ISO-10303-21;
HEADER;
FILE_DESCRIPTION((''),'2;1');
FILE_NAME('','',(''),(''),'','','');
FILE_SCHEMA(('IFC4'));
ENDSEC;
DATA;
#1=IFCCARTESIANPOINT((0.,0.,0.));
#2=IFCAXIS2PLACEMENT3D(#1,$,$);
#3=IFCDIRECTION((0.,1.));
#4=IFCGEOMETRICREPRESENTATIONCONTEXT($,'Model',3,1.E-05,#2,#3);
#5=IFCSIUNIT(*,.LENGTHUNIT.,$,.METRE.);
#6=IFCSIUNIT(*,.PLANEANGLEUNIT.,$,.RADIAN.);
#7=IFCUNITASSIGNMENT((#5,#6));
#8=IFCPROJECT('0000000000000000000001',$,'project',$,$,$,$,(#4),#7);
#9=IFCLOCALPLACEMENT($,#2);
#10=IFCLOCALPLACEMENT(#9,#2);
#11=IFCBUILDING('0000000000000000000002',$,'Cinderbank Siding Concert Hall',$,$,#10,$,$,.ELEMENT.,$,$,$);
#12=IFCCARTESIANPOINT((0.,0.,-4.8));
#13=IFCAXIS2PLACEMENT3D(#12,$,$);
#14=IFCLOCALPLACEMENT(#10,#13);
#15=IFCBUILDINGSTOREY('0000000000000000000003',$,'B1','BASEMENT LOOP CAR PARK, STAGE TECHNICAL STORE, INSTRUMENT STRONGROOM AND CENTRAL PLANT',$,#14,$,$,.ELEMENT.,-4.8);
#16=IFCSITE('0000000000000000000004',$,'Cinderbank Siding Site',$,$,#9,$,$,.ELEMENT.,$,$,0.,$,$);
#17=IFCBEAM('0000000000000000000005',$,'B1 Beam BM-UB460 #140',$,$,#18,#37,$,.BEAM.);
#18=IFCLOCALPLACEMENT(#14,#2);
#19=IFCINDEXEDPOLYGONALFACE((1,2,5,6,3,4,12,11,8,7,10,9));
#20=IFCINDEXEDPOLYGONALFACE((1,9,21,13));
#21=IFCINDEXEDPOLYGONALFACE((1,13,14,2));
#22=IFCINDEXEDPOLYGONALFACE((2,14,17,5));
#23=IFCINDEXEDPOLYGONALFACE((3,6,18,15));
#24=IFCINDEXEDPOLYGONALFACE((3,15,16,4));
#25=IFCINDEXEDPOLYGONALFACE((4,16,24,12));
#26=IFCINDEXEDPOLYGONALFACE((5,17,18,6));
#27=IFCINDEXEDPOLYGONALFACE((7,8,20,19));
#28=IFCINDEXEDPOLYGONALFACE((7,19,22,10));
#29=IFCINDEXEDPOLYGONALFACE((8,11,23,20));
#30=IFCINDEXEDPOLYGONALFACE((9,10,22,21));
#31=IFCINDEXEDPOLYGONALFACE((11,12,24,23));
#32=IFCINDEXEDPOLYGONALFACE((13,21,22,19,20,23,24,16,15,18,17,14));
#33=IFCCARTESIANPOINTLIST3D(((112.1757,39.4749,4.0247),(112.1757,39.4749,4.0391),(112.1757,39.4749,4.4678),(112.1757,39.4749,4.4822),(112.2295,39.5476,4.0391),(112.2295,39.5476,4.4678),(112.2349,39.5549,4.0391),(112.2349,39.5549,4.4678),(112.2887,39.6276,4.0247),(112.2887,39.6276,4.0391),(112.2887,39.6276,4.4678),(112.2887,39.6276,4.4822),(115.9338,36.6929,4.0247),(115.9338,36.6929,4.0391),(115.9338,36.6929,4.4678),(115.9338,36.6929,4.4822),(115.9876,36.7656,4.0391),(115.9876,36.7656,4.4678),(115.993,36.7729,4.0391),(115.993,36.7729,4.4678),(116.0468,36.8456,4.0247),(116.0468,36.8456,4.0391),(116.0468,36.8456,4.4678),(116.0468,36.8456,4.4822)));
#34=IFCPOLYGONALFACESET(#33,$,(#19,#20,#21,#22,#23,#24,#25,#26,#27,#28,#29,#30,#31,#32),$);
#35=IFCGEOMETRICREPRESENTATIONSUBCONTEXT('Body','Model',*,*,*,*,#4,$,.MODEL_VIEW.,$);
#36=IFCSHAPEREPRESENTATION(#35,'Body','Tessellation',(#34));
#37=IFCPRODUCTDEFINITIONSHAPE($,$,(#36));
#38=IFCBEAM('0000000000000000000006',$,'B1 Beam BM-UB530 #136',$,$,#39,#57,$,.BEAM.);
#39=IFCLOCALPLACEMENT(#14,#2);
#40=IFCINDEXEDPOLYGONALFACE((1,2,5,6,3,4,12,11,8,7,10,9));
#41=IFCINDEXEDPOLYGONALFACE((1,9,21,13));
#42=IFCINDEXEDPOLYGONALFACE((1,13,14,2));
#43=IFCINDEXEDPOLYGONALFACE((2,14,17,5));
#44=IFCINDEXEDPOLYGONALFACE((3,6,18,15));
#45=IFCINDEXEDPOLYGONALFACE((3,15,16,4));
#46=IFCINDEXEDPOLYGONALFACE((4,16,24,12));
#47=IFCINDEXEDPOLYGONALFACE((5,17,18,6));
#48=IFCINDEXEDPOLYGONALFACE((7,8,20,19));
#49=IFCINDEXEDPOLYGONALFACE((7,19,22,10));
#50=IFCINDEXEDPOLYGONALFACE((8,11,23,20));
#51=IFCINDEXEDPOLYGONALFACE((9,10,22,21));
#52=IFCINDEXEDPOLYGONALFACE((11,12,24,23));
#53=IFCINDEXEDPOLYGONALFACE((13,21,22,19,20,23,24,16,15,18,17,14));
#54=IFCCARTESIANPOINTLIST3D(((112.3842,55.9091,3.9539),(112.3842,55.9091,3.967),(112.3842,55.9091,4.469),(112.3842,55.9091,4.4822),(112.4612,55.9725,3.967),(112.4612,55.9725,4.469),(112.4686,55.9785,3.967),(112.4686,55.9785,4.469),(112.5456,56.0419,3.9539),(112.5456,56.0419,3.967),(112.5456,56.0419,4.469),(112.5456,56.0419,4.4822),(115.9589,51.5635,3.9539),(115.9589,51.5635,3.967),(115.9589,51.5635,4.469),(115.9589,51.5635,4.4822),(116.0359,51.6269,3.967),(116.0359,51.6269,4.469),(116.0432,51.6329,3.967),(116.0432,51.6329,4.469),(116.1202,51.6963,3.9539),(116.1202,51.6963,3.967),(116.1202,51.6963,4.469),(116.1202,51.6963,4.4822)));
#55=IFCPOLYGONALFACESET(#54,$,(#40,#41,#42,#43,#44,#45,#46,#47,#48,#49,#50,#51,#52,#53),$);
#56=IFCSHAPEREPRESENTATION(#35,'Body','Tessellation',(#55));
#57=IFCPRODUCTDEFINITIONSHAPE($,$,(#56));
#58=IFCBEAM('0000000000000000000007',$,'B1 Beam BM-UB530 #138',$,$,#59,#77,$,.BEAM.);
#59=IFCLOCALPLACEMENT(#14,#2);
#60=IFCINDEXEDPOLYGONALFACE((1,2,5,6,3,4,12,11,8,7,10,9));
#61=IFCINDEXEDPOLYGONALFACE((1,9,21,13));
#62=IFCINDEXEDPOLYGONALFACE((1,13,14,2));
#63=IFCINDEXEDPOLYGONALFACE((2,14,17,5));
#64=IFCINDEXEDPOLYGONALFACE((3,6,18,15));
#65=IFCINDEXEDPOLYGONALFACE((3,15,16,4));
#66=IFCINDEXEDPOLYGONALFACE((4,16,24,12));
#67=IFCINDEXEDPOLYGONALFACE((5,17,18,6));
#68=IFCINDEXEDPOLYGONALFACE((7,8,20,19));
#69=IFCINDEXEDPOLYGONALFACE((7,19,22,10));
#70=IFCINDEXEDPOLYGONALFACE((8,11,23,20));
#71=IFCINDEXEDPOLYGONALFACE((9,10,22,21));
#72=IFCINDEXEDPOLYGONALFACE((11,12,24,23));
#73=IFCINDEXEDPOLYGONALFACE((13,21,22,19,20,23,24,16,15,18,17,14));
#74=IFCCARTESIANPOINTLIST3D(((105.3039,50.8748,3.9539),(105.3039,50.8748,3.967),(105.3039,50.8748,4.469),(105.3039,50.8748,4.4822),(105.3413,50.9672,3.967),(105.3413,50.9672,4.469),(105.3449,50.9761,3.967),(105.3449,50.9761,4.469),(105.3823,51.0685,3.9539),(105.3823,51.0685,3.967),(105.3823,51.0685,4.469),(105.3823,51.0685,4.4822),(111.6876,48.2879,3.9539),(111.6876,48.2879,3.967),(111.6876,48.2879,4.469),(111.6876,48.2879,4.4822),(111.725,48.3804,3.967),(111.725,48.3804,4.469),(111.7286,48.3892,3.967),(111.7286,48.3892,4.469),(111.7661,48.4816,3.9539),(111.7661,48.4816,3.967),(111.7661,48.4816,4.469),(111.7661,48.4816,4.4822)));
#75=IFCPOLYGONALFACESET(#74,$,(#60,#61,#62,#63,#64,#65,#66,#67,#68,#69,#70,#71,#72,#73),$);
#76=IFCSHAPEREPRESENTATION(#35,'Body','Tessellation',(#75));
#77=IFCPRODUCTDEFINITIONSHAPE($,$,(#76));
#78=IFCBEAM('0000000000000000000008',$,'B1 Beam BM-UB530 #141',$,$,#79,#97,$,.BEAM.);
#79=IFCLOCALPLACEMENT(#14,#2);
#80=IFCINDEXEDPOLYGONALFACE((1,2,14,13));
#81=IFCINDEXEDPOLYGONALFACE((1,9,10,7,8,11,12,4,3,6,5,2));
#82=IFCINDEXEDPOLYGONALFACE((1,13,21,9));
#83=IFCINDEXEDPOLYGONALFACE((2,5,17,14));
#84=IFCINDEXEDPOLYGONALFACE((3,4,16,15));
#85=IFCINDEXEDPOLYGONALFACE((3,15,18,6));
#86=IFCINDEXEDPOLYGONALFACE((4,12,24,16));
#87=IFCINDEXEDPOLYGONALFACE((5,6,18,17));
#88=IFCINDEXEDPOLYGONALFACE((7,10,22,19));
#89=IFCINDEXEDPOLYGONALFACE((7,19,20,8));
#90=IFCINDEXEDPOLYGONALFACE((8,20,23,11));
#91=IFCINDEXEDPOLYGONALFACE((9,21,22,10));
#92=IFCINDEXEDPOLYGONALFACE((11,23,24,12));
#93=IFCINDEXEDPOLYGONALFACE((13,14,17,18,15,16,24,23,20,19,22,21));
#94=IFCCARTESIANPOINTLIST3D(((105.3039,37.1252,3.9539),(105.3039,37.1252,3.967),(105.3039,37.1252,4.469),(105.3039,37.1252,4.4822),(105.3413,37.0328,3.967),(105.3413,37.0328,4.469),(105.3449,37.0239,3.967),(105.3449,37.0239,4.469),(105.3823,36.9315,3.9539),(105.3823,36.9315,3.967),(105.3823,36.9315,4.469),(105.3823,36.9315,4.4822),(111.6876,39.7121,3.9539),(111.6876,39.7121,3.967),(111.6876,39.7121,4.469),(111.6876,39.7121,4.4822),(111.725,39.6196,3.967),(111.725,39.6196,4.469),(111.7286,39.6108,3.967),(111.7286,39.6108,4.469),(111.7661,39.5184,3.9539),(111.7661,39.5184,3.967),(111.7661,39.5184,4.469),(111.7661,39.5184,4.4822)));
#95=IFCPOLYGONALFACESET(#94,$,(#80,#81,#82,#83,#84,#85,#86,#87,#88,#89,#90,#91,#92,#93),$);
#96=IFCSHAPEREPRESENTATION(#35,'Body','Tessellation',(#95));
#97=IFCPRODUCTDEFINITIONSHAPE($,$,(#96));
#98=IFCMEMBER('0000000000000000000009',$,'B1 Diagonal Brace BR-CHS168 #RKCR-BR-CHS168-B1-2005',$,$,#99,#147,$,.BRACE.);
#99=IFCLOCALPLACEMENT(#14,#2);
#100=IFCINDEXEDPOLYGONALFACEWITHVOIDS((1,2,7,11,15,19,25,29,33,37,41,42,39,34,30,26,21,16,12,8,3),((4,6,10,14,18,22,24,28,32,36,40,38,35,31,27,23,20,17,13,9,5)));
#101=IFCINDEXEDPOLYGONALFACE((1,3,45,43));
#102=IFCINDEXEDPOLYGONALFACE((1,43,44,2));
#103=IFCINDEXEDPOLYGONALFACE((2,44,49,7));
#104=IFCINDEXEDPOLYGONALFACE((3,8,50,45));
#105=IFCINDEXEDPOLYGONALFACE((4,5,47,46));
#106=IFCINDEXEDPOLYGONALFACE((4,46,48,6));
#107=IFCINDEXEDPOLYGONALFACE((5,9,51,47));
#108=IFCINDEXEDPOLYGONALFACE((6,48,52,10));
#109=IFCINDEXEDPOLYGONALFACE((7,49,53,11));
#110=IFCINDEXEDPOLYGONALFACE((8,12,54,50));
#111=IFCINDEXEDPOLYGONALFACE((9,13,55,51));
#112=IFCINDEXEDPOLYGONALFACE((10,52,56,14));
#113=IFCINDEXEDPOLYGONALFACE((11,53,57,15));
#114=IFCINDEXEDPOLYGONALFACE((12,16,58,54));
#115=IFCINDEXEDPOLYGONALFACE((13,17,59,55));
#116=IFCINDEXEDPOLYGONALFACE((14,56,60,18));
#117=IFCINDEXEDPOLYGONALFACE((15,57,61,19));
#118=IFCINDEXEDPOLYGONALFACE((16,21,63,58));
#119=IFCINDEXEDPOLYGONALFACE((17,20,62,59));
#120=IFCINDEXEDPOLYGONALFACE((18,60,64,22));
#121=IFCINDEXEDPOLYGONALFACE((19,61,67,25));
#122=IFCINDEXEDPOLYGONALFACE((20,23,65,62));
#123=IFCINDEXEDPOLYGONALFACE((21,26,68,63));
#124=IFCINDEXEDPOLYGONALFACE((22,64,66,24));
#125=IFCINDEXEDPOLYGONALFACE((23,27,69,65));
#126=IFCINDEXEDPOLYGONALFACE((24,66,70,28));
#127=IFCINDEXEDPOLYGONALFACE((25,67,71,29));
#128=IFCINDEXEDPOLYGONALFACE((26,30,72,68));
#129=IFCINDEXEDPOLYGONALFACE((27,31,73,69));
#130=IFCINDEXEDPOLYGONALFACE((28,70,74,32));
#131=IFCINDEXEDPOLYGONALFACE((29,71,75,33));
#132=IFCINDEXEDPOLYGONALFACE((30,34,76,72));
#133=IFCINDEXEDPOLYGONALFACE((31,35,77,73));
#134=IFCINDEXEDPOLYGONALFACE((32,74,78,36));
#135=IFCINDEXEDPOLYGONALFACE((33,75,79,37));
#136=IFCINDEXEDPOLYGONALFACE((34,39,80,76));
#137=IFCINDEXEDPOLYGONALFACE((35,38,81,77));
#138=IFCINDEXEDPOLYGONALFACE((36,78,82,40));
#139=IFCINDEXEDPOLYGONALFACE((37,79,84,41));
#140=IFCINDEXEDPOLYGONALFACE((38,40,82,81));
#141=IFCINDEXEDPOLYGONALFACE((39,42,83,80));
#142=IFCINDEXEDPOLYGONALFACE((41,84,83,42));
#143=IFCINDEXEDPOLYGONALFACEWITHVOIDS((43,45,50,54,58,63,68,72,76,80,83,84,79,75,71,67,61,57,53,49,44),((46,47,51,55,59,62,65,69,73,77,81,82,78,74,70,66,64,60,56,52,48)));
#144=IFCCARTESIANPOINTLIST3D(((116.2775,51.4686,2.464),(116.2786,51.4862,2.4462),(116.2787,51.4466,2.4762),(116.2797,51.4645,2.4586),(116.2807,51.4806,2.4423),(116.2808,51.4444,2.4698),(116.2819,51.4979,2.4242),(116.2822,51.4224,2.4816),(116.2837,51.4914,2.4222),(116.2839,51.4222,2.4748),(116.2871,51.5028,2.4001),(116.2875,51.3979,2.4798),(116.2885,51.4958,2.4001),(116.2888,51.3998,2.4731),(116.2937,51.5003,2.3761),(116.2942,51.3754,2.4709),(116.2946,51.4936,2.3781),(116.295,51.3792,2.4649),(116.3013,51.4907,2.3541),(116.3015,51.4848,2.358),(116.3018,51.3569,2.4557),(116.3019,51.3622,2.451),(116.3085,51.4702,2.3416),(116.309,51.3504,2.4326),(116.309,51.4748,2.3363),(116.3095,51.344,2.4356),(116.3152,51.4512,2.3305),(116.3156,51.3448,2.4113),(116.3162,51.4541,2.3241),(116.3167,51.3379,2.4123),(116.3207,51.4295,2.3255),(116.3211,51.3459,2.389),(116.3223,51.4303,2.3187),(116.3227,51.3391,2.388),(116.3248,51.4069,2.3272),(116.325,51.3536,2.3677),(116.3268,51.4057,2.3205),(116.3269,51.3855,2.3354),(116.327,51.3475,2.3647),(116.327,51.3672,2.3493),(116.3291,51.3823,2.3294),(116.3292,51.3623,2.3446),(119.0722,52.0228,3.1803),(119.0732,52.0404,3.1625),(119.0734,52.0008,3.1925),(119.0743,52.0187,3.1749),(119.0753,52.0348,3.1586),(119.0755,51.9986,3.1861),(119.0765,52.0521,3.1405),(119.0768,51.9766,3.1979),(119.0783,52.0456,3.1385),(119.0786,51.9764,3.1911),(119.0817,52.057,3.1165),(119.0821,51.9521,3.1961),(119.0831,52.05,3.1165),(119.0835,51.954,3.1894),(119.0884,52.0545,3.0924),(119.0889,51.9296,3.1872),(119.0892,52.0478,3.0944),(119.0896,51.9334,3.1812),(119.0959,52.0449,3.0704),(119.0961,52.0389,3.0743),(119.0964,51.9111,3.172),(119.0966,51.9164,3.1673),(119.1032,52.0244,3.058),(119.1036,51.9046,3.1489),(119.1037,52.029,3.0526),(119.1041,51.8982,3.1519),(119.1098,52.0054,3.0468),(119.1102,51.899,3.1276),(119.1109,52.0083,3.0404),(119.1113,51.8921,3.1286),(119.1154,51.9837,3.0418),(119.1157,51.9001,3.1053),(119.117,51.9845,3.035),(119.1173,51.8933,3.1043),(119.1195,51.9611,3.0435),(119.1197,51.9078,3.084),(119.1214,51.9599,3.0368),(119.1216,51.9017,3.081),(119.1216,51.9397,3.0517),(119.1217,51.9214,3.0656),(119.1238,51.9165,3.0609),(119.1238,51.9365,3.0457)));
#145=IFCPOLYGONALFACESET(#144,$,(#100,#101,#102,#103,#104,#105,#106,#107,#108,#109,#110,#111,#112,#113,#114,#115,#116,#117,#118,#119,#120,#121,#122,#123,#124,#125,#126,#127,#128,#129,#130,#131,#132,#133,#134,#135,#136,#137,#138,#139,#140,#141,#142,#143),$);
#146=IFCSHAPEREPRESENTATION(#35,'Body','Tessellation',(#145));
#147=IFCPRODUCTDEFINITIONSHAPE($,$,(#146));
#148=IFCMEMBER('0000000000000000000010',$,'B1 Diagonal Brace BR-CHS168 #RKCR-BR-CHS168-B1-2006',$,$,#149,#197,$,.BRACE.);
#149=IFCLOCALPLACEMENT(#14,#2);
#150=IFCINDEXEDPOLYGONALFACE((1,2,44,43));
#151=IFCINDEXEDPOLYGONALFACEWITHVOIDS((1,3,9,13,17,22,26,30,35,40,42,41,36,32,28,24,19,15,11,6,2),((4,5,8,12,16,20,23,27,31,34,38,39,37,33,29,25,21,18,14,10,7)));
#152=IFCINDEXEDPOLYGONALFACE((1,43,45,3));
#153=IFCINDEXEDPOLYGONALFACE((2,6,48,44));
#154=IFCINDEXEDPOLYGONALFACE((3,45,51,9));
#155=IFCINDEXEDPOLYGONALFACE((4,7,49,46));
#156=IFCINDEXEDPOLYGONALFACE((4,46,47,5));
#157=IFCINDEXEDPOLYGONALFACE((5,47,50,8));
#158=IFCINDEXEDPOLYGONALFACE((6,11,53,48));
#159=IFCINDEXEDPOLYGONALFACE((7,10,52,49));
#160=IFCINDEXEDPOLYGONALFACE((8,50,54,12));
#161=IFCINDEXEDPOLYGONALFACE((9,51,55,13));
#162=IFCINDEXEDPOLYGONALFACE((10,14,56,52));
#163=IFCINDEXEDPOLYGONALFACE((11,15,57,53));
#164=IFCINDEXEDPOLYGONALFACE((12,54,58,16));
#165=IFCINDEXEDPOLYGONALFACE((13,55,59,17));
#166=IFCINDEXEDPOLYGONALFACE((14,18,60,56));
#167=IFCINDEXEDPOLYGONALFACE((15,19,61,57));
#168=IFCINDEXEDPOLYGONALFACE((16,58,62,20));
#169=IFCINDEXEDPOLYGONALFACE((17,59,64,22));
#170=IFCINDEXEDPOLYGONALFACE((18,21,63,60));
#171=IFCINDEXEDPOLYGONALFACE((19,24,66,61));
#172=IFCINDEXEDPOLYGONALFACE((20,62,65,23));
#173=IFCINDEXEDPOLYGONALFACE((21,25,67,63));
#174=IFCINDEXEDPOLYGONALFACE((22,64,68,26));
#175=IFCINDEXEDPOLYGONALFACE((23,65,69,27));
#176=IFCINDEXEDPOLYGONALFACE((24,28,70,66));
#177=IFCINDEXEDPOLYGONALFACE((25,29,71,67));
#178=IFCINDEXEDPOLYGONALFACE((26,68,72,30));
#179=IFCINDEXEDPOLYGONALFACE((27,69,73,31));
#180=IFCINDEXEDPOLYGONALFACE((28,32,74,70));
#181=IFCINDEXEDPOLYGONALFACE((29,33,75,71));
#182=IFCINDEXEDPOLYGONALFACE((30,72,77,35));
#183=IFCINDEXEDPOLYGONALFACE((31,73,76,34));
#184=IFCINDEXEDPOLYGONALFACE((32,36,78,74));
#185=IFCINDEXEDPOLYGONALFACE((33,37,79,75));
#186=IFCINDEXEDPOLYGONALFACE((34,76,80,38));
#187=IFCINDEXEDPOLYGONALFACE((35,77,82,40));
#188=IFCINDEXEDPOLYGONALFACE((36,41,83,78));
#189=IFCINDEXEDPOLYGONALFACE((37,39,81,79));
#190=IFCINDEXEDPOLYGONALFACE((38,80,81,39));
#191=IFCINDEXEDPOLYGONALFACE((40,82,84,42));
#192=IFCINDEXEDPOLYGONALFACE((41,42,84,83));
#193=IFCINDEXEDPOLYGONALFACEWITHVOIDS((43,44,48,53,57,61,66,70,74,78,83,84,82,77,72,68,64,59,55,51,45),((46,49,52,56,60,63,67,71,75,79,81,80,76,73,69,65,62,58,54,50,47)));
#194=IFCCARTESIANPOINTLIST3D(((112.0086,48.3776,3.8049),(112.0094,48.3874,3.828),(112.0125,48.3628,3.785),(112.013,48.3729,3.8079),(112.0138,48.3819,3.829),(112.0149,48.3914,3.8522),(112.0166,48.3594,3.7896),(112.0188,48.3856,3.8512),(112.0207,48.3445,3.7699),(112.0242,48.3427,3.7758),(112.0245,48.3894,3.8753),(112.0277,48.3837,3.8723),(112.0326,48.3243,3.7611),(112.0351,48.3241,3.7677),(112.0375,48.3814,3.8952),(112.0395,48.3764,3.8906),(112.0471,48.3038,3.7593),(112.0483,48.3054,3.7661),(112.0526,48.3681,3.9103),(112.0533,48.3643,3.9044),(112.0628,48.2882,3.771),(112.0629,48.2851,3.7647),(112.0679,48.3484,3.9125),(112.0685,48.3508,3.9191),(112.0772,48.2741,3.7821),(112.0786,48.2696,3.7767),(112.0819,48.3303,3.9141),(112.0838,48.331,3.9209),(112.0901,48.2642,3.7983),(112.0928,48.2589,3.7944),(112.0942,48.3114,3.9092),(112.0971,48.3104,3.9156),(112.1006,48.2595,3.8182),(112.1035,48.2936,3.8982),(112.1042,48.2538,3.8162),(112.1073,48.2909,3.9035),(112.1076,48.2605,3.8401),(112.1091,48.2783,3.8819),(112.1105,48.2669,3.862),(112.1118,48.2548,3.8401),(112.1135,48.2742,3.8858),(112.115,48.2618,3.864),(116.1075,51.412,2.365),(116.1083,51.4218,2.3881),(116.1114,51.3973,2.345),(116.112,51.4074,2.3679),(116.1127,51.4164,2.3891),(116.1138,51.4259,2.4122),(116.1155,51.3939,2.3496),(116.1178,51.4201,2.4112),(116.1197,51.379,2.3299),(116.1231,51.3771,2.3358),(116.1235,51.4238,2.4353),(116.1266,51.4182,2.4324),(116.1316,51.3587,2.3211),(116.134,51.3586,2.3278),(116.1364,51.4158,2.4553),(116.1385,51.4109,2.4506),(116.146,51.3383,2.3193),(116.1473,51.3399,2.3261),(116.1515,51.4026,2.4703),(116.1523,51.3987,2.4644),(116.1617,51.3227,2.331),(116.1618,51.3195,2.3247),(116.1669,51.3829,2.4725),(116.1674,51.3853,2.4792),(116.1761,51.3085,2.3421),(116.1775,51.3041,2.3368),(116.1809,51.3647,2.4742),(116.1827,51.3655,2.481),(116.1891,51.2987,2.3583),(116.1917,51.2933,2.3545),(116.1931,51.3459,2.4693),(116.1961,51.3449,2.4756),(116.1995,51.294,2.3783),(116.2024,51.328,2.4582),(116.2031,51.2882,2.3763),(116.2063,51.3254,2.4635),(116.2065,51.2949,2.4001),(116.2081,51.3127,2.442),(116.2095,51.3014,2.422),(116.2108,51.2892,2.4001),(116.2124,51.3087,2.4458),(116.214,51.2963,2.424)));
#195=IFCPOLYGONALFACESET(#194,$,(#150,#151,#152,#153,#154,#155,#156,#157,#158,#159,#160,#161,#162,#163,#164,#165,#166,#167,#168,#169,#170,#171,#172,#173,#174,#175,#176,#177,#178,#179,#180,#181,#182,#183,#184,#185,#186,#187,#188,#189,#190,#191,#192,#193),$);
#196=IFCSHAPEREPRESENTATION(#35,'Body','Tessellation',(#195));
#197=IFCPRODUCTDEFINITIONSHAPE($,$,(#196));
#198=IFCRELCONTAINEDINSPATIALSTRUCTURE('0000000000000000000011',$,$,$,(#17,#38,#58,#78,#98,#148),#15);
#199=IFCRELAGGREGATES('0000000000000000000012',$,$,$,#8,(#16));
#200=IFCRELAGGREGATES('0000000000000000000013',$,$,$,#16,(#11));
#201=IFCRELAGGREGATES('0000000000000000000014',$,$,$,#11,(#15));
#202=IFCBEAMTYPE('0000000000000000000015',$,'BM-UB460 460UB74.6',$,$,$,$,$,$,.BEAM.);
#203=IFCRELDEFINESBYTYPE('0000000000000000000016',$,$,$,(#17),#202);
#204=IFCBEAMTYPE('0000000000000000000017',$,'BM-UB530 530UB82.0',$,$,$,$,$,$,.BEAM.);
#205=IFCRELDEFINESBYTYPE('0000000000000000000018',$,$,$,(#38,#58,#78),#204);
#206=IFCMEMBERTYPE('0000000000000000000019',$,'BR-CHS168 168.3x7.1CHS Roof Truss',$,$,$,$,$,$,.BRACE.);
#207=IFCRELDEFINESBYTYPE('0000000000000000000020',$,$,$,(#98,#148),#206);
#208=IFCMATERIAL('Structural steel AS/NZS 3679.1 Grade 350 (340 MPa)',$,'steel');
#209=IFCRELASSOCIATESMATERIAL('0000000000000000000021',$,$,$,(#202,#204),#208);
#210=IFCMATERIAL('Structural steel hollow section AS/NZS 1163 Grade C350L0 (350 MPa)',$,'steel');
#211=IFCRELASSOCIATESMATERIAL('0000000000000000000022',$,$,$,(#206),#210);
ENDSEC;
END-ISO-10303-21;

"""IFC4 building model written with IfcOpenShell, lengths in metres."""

from ifc_helpers import new_model, si_unit, direction, frame, origin, origin_2d, place, context, subcontext, project, spatial, hollow_circle, i_section, extrude, material, material_profile, profile_set, type_object, element, save


model = new_model("IFC4")

# Units and contexts
model_context = context("Model", 3, precision=1e-05, world=origin(), true_north=direction((0.0, 1.0)))
body_context = subcontext(model_context, "Body", "Model", "MODEL_VIEW")
ifc_project = project(units=[si_unit("LENGTHUNIT", "METRE"), si_unit("PLANEANGLEUNIT", "RADIAN")], contexts=[model_context])

# Site, building, storey
site_placement = place(None, origin())
site = spatial("IfcSite", under=ifc_project, at=site_placement, Name="Cinderbank Siding Site", CompositionType="ELEMENT", RefElevation=0.0)
building_placement = place(site_placement, origin())
building = spatial("IfcBuilding", under=site, at=building_placement, Name="Cinderbank Siding Concert Hall", CompositionType="ELEMENT")
storey_placement = place(building_placement, frame((0.0, 0.0, -4.8)))
storey = spatial("IfcBuildingStorey", under=building, at=storey_placement, Name="B1", Description="BASEMENT LOOP CAR PARK, STAGE TECHNICAL STORE, INSTRUMENT STRONGROOM AND CENTRAL PLANT", CompositionType="ELEMENT", Elevation=-4.8)

# Beams
ifc_material_1 = material(Name="Structural steel AS/NZS 3679.1 Grade 350 (340 MPa)", Category="steel")
ifc_material_profile_1 = material_profile(ifc_material_1, i_section(OverallWidth=0.1899, OverallDepth=0.4575, WebThickness=0.009, FlangeThickness=0.0144, at=origin_2d()), Name="460UB74.6", Category="LoadBearing")
ifc_profile_set_1 = profile_set([ifc_material_profile_1], Name="Structural steel AS/NZS 3679.1 Grade 350 (340 MPa)")
beam_type_1 = type_object("IfcBeamType", Name="BM-UB460 460UB74.6", PredefinedType="BEAM", material=ifc_profile_set_1)
beam_1_placement = place(storey_placement, frame((112.2322, 39.5513, 4.2534), z_axis=(0.803738, -0.594984, 0.0), x_axis=(0.594984, 0.803738, 0.0)))
element("IfcBeam", 1, at=beam_1_placement, inside=storey, type_object=beam_type_1, Name="B1 Beam BM-UB460 #140", PredefinedType="BEAM", context=body_context, shape_type="SweptSolid", body=[
    extrude(i_section(OverallWidth=0.1899, OverallDepth=0.4575, WebThickness=0.009, FlangeThickness=0.0144, at=origin_2d()), origin(), (0.0, 0.0, 1.0), 4.6758),
])
ifc_material_profile_2 = material_profile(ifc_material_1, i_section(OverallWidth=0.209, OverallDepth=0.5283, WebThickness=0.0095, FlangeThickness=0.0132, at=origin_2d()), Name="530UB82.0", Category="LoadBearing")
ifc_profile_set_2 = profile_set([ifc_material_profile_2], Name="Structural steel AS/NZS 3679.1 Grade 350 (340 MPa)")
beam_type_2 = type_object("IfcBeamType", Name="BM-UB530 530UB82.0", PredefinedType="BEAM", material=ifc_profile_set_2)
beam_2_placement = place(storey_placement, frame((116.0396, 51.6299, 4.218), z_axis=(-0.635272, 0.772288, 0.0), x_axis=(-0.772288, -0.635272, 0.0)))
element("IfcBeam", 2, at=beam_2_placement, inside=storey, type_object=beam_type_2, Name="B1 Beam BM-UB530 #136", PredefinedType="BEAM", context=body_context, shape_type="SweptSolid", body=[
    extrude(i_section(OverallWidth=0.209, OverallDepth=0.5283, WebThickness=0.0095, FlangeThickness=0.0132, at=origin_2d()), origin(), (0.0, 0.0, 1.0), 5.627),
])
for number, where, z_axis, x_axis, name in (
    (3, (111.7268, 48.3848, 4.218), (-0.926795, 0.375567, 0.0), (-0.375567, -0.926795, 0.0), "B1 Beam BM-UB530 #138"),
    (4, (111.7268, 39.6152, 4.218), (-0.926795, -0.375567, 0.0), (0.375567, -0.926795, 0.0), "B1 Beam BM-UB530 #141"),
):
    element("IfcBeam", number, at=place(storey_placement, frame(where, z_axis=z_axis, x_axis=x_axis)), inside=storey, type_object=beam_type_2, Name=name, PredefinedType="BEAM", context=body_context, shape_type="SweptSolid", body=[
        extrude(i_section(OverallWidth=0.209, OverallDepth=0.5283, WebThickness=0.0095, FlangeThickness=0.0132, at=origin_2d()), origin(), (0.0, 0.0, 1.0), 6.8879),
    ])

# Members
ifc_material_2 = material(Name="Structural steel hollow section AS/NZS 1163 Grade C350L0 (350 MPa)", Category="steel")
ifc_material_profile_3 = material_profile(ifc_material_2, hollow_circle(Radius=0.0842, WallThickness=0.0071, at=origin_2d()), Name="168.3x7.1CHS", Category="LoadBearing")
ifc_profile_set_3 = profile_set([ifc_material_profile_3], Name="Structural steel hollow section AS/NZS 1163 Grade C350L0 (350 MPa)")
member_type = type_object("IfcMemberType", Name="BR-CHS168 168.3x7.1CHS Roof Truss", PredefinedType="BRACE", material=ifc_profile_set_3)
member_1_placement = place(storey_placement, frame((116.3035, 51.4202, 2.4001), z_axis=(0.951294, 0.188647, 0.243828), x_axis=(-0.194517, 0.980899, 0.0)))
element("IfcMember", 5, at=member_1_placement, inside=storey, type_object=member_type, Name="B1 Diagonal Brace BR-CHS168 #RKCR-BR-CHS168-B1-2005", PredefinedType="BRACE", context=body_context, shape_type="SweptSolid", body=[
    extrude(hollow_circle(Radius=0.0842, WallThickness=0.0071, at=origin_2d()), origin(), (0.0, 0.0, 1.0), 2.9377),
])
member_2_placement = place(storey_placement, frame((116.1606, 51.3569, 2.4001), z_axis=(-0.773484, -0.572615, 0.271726), x_axis=(0.595002, -0.803724, 0.0)))
element("IfcMember", 6, at=member_2_placement, inside=storey, type_object=member_type, Name="B1 Diagonal Brace BR-CHS168 #RKCR-BR-CHS168-B1-2006", PredefinedType="BRACE", context=body_context, shape_type="SweptSolid", body=[
    extrude(hollow_circle(Radius=0.0842, WallThickness=0.0071, at=origin_2d()), origin(), (0.0, 0.0, 1.0), 5.2993),
])

save(model, "model.ifc")
